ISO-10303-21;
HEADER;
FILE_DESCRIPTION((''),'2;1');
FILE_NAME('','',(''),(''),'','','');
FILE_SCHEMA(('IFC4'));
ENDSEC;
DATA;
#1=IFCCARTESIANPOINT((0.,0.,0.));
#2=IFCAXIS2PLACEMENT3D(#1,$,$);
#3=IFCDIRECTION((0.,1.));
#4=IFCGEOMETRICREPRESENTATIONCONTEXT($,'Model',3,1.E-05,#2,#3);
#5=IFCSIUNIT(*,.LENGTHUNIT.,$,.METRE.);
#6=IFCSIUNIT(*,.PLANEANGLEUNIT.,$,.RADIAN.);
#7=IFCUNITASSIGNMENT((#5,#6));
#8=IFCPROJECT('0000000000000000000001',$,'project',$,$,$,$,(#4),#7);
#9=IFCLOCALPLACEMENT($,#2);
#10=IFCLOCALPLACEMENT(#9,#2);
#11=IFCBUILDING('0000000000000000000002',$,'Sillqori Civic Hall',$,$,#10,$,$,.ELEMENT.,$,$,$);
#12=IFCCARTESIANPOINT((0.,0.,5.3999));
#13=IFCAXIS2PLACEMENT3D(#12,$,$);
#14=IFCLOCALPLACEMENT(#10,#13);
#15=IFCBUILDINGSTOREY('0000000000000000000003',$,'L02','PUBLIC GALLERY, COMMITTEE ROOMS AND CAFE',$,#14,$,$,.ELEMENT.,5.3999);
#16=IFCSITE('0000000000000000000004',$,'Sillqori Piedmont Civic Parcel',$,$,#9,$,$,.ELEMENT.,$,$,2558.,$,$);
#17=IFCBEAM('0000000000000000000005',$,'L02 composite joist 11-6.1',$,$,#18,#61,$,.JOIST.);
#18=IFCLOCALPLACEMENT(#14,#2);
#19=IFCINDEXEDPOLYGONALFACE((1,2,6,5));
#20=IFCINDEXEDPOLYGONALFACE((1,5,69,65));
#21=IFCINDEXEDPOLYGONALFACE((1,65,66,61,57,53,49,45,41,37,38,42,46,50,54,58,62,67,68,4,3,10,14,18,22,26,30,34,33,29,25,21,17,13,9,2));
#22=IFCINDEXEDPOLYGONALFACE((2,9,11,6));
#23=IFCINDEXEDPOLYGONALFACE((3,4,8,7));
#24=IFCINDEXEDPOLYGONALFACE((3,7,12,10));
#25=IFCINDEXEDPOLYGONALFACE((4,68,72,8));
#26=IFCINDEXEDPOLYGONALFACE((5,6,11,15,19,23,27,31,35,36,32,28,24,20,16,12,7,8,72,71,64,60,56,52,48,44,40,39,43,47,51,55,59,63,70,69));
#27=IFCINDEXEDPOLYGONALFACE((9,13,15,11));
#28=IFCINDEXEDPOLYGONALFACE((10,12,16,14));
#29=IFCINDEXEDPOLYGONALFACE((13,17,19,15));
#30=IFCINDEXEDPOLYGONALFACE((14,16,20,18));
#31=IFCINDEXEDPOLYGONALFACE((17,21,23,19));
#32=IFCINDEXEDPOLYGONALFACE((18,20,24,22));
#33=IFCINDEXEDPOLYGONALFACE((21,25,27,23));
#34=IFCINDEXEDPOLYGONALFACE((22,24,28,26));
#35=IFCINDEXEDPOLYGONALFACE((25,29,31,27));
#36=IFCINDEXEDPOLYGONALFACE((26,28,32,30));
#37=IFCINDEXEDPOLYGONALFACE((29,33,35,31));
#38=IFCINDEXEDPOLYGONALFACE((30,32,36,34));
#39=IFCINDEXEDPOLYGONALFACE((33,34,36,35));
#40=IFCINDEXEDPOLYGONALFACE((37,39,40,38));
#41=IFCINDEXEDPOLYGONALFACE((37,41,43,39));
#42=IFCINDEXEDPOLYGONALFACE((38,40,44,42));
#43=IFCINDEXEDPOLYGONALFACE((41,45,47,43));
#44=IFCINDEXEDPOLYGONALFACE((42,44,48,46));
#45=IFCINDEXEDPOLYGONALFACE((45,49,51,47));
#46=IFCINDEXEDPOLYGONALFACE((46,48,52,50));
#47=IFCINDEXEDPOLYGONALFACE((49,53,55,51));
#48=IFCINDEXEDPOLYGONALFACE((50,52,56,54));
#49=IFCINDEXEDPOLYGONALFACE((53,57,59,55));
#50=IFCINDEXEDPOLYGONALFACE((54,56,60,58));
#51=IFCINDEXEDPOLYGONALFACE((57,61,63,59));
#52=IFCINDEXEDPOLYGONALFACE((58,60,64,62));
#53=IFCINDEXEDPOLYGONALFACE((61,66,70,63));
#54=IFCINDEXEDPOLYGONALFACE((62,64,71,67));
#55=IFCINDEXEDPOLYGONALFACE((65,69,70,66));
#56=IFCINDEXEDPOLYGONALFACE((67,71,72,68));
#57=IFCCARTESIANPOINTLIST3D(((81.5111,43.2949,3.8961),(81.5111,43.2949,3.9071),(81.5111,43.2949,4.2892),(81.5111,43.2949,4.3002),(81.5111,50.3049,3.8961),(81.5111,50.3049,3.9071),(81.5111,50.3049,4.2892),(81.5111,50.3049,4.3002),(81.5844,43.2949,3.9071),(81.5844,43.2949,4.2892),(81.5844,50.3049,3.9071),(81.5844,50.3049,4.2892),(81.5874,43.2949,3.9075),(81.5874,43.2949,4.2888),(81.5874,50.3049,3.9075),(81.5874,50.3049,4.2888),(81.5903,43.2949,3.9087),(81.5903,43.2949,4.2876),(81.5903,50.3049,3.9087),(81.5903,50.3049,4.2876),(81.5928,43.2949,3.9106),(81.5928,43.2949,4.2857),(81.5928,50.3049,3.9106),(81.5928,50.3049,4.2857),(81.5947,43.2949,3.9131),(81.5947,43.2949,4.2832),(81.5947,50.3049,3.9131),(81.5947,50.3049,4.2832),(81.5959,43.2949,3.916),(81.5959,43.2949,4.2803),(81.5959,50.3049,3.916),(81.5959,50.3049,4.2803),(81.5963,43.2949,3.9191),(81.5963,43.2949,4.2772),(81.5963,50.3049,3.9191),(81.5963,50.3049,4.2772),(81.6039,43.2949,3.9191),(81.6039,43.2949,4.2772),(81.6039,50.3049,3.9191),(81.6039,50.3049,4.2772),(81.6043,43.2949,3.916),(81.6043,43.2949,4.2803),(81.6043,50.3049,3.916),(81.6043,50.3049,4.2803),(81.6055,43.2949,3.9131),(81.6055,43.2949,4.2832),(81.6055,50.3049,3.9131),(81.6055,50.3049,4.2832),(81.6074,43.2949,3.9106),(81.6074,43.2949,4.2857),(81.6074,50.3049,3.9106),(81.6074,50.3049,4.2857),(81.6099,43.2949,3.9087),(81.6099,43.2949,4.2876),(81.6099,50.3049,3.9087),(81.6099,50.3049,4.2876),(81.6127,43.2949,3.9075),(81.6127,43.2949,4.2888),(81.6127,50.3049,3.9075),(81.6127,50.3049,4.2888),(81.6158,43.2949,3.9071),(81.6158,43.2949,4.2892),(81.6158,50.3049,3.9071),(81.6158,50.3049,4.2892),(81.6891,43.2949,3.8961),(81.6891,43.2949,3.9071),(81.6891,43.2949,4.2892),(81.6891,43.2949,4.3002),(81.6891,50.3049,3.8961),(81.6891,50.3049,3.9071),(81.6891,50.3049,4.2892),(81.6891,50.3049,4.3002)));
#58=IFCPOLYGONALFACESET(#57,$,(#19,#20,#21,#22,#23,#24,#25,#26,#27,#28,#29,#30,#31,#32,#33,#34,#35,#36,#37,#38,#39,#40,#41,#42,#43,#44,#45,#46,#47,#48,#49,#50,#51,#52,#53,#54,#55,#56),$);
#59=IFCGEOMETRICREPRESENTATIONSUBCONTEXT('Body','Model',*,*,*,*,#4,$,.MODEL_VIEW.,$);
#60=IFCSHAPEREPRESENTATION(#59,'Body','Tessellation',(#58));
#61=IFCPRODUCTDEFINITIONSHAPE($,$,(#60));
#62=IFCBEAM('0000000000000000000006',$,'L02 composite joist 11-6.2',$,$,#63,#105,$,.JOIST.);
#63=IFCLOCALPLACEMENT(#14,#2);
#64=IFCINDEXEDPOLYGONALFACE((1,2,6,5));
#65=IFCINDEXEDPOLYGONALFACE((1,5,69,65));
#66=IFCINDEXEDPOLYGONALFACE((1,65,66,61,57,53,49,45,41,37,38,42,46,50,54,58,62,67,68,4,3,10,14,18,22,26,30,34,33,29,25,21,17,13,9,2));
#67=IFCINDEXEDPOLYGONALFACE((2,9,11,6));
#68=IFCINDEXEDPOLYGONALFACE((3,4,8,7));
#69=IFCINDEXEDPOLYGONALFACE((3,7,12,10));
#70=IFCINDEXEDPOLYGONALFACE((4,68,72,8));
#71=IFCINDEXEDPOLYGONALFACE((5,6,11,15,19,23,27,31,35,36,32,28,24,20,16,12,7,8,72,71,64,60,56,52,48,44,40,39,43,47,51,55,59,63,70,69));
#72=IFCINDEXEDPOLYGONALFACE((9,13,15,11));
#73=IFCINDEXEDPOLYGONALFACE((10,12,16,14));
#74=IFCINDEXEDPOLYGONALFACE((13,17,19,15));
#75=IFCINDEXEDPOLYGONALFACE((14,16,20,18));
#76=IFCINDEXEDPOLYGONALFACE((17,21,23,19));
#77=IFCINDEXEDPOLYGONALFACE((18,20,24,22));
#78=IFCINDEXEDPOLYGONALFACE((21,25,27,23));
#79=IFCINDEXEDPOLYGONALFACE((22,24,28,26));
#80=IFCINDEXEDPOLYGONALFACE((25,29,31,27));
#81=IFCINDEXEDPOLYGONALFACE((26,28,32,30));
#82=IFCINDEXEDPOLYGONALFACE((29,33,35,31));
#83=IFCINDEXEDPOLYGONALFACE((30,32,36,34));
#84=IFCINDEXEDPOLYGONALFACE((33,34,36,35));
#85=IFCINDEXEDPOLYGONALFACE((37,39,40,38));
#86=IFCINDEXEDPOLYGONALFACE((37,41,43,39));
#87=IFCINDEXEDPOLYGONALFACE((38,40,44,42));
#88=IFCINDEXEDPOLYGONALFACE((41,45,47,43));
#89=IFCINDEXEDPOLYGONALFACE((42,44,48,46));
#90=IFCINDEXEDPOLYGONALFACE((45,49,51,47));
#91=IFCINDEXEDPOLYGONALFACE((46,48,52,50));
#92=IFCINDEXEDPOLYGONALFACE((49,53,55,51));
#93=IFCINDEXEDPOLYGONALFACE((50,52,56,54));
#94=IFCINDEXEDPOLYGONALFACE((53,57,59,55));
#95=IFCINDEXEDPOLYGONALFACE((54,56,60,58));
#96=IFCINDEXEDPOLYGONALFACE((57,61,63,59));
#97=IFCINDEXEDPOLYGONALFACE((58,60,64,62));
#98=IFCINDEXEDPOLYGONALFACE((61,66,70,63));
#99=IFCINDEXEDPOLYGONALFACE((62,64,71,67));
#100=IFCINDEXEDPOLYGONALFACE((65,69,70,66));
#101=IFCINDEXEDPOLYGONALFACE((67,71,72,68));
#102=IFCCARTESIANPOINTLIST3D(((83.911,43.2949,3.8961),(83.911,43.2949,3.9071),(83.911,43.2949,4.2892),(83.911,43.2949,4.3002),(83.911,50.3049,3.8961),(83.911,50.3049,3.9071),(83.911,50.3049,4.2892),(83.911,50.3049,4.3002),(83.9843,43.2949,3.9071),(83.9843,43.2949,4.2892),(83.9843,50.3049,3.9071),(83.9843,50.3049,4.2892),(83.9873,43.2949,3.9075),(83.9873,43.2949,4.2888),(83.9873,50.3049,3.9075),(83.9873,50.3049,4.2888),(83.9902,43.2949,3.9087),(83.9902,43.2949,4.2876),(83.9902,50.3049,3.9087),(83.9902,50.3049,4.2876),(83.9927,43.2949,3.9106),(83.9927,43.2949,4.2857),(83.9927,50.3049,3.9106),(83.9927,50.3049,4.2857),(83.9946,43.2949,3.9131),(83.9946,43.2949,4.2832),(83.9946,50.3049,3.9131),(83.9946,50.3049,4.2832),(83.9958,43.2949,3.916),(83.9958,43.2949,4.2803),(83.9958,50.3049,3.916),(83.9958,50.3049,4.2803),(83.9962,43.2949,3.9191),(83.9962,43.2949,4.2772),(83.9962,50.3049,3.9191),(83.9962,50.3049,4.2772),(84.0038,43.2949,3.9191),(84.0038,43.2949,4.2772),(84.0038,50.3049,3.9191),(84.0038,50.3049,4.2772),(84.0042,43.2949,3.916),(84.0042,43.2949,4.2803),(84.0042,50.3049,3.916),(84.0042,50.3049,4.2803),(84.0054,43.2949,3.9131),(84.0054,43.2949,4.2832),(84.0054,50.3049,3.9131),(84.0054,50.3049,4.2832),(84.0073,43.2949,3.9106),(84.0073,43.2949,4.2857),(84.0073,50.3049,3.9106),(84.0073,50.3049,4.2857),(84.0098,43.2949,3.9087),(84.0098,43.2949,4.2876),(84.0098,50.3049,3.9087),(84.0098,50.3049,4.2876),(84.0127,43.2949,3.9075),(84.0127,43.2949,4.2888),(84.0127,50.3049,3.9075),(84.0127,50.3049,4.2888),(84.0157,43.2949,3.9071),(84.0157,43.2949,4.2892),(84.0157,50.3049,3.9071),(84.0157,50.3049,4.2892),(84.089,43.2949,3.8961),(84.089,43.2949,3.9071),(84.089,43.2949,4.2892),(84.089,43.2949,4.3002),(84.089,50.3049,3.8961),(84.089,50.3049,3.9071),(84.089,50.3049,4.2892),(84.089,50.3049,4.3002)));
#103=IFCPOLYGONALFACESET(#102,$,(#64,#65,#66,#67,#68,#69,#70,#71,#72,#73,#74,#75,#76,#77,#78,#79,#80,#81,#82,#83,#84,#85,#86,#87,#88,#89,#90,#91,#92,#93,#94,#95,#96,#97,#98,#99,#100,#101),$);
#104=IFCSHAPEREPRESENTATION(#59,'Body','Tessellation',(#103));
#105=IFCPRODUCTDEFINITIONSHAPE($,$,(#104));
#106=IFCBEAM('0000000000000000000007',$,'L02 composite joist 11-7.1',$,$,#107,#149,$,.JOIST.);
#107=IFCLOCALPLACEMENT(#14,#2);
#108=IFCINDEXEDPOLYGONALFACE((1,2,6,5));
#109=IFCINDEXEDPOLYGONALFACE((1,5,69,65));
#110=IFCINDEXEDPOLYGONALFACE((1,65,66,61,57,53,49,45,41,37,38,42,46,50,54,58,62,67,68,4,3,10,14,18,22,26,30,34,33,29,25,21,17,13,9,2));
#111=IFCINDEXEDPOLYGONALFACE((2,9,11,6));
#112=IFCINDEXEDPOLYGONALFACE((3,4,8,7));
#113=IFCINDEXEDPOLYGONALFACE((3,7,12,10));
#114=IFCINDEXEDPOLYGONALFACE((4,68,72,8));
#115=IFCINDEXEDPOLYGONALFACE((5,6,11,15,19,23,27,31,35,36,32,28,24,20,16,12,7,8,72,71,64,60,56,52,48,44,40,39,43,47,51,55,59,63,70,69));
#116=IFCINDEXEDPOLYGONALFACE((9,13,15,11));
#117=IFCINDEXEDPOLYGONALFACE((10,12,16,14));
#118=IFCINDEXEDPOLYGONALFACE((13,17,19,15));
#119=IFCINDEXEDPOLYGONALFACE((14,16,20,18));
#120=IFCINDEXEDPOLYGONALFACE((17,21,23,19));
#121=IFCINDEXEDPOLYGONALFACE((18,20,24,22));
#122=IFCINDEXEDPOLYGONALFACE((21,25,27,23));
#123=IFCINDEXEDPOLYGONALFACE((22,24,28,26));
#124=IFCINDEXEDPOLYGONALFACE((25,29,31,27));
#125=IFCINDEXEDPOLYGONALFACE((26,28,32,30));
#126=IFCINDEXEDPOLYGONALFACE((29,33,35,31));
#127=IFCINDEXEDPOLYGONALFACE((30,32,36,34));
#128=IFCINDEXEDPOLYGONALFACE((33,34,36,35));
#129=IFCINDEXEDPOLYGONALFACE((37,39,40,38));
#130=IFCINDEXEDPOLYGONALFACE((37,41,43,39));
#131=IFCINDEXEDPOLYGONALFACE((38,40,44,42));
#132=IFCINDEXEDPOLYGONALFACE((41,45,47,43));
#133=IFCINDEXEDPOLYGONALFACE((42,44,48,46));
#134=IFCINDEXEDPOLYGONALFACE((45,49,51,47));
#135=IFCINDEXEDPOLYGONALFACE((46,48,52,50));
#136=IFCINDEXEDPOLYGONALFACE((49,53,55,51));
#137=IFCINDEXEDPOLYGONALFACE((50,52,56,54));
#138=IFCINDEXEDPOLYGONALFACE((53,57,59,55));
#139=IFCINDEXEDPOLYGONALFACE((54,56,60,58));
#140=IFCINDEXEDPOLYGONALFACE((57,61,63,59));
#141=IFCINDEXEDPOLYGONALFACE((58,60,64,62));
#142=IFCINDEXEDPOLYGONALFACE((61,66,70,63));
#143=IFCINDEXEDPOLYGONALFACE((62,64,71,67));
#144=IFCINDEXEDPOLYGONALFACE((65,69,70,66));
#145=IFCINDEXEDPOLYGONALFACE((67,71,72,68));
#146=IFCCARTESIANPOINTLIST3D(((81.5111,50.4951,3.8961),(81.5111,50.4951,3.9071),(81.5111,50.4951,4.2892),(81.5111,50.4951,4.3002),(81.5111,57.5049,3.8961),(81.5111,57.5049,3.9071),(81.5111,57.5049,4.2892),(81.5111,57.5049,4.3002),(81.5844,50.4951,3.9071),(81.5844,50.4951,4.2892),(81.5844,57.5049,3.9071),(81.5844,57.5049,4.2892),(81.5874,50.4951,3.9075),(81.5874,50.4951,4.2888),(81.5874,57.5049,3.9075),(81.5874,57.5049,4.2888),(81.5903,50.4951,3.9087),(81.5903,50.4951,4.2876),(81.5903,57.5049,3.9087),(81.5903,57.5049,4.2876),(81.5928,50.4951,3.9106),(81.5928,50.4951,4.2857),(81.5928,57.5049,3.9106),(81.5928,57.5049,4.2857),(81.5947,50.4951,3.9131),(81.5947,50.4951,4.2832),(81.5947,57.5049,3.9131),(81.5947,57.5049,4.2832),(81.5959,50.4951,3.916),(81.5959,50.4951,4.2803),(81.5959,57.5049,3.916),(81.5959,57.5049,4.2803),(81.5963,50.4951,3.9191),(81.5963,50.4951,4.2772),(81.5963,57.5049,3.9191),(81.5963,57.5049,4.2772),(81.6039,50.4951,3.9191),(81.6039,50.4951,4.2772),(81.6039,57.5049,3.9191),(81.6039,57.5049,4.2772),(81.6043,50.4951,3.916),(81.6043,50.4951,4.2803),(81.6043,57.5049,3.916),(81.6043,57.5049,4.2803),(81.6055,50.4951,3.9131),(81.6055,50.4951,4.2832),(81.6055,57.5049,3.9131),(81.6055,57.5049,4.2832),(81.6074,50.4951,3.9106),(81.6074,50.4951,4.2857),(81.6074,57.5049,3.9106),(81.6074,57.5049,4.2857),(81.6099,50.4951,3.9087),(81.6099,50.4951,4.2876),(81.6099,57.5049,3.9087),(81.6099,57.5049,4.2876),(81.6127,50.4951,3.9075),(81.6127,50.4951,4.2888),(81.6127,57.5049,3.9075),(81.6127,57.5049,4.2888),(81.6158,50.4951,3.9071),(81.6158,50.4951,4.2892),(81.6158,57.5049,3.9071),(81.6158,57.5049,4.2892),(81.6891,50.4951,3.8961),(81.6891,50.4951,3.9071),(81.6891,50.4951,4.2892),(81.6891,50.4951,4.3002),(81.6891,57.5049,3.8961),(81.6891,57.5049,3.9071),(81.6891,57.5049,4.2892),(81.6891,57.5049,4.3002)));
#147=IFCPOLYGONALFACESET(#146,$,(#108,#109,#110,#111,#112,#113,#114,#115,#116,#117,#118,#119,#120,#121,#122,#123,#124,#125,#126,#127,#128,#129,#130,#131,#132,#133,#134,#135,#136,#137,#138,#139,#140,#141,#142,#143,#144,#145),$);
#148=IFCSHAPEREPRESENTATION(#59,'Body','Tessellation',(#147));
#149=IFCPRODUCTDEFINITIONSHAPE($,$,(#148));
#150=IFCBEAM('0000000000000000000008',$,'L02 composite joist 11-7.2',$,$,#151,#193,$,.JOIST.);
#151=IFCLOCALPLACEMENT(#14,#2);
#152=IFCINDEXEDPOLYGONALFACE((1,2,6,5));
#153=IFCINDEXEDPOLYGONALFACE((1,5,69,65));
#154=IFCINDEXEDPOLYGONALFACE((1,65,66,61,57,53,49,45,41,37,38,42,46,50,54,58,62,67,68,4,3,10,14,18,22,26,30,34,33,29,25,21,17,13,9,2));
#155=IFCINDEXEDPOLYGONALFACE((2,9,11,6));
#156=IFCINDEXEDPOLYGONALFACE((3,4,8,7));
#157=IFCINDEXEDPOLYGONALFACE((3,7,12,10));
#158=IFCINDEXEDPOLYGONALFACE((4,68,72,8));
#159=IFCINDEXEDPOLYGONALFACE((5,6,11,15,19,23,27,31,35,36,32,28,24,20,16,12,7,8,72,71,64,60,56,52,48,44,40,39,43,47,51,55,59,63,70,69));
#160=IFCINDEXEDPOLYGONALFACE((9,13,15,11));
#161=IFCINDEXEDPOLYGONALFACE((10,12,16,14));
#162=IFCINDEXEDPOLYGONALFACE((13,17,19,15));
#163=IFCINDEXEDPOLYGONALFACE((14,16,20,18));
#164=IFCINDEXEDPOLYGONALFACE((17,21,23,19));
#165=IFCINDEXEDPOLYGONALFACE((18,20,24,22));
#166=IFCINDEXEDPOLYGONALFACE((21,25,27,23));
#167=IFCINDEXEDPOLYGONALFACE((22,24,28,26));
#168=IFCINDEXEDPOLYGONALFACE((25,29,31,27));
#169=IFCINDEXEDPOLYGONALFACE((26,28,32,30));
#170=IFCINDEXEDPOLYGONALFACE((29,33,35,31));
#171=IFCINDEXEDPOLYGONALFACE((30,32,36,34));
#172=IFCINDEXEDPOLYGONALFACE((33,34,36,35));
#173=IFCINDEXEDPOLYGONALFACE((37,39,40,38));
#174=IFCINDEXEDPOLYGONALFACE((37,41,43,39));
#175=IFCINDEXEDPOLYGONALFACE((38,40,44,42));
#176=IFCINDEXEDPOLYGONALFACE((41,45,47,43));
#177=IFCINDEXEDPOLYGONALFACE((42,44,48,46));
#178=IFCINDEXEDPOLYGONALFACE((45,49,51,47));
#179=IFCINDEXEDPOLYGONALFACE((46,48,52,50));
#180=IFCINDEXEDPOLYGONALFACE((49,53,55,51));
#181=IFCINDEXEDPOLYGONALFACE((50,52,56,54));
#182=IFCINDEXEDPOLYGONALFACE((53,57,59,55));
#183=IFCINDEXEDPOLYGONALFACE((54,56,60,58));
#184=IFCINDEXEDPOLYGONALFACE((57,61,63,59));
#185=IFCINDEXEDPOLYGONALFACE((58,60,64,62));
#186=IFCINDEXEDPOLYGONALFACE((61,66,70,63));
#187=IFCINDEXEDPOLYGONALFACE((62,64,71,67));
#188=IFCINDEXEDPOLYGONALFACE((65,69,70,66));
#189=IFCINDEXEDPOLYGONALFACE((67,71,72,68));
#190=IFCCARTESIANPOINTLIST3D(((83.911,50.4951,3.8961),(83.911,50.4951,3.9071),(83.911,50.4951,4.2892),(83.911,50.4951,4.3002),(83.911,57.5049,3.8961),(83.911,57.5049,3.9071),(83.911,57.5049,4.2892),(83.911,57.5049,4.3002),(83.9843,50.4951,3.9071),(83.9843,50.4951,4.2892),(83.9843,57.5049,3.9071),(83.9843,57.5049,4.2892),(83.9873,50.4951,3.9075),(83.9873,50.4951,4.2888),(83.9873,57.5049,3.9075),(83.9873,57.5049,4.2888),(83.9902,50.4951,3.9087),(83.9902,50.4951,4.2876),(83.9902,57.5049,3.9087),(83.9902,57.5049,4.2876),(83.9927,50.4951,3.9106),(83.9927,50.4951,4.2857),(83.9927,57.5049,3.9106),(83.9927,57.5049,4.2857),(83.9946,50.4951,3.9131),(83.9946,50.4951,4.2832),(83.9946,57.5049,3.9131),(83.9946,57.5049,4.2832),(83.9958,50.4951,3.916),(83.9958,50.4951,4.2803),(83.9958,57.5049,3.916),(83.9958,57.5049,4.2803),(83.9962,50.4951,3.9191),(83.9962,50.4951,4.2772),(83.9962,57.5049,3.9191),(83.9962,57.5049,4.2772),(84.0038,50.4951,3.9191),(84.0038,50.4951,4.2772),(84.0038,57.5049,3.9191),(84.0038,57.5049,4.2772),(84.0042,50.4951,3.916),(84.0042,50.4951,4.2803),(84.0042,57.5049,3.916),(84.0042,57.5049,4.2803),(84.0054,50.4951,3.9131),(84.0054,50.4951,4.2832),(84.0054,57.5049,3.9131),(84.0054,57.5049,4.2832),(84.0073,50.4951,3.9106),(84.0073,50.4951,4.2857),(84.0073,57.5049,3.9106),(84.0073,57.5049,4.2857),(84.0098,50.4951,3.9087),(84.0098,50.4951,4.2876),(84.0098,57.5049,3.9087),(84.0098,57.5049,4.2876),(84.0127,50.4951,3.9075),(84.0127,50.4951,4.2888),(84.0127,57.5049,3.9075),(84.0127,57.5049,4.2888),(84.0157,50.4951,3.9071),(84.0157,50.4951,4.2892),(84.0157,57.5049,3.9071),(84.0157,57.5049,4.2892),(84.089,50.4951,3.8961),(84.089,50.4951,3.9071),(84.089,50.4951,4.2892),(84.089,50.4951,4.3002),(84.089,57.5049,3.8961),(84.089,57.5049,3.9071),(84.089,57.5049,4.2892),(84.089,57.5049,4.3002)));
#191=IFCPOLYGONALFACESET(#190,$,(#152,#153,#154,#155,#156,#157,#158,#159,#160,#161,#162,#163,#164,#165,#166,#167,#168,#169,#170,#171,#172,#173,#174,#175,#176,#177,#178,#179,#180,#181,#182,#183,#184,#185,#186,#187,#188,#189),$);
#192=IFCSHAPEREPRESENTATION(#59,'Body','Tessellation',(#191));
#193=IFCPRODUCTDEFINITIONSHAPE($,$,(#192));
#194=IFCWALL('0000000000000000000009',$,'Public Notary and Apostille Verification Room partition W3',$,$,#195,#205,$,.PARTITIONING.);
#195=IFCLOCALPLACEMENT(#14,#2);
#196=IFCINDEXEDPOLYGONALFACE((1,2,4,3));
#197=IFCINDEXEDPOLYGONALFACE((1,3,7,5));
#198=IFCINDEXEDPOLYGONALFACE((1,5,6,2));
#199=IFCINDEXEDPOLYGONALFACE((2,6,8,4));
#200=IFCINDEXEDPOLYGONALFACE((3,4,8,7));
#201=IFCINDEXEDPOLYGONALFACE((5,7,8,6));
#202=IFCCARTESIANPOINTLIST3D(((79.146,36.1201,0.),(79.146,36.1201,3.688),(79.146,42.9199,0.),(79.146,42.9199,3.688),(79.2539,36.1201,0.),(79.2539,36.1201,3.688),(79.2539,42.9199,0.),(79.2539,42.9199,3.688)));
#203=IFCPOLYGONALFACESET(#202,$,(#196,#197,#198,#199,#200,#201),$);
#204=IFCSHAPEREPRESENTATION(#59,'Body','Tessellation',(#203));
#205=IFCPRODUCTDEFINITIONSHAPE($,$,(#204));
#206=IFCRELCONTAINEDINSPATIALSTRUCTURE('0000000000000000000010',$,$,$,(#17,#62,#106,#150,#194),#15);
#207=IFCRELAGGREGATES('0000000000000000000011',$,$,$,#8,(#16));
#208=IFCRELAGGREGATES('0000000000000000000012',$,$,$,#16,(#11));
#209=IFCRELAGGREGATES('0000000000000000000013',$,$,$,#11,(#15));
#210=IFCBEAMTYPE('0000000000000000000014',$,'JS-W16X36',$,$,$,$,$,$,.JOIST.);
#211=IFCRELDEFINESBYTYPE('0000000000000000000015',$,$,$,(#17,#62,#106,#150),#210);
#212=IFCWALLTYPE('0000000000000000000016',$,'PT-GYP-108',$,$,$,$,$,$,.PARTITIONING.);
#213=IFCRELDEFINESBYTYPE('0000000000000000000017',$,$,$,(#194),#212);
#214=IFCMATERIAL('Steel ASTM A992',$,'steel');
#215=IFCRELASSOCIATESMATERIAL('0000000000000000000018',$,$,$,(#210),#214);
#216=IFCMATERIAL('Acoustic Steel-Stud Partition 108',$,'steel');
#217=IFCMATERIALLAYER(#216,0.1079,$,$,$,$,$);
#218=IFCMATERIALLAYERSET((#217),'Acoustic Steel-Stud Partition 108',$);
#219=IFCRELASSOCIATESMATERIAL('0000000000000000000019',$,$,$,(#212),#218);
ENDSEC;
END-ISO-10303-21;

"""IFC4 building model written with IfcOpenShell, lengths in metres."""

from ifc_helpers import new_model, si_unit, direction, frame, frame_2d, origin, origin_2d, place, context, subcontext, project, spatial, rectangle, i_section, extrude, material, layer, layer_set, material_profile, profile_set, type_object, element, save


model = new_model("IFC4")

# Units and contexts
model_context = context("Model", 3, precision=1e-05, world=origin(), true_north=direction((0.0, 1.0)))
body_context = subcontext(model_context, "Body", "Model", "MODEL_VIEW")
ifc_project = project(units=[si_unit("LENGTHUNIT", "METRE"), si_unit("PLANEANGLEUNIT", "RADIAN")], contexts=[model_context])

# Site, building, storey
site_placement = place(None, origin())
site = spatial("IfcSite", under=ifc_project, at=site_placement, Name="Sillqori Piedmont Civic Parcel", CompositionType="ELEMENT", RefElevation=2558.0)
building_placement = place(site_placement, origin())
building = spatial("IfcBuilding", under=site, at=building_placement, Name="Sillqori Civic Hall", CompositionType="ELEMENT")
storey_placement = place(building_placement, frame((0.0, 0.0, 5.3999)))
storey = spatial("IfcBuildingStorey", under=building, at=storey_placement, Name="L02", Description="PUBLIC GALLERY, COMMITTEE ROOMS AND CAFE", CompositionType="ELEMENT", Elevation=5.3999)

# Shared definitions
ifc_material_1 = material(Name="Steel ASTM A992", Category="steel")

# Beams
ifc_material_profile_1 = material_profile(ifc_material_1, i_section(OverallWidth=0.178, OverallDepth=0.4041, WebThickness=0.0076, FlangeThickness=0.011, FilletRadius=0.012, at=origin_2d()), Name="W16X36")
ifc_profile_set_1 = profile_set([ifc_material_profile_1], Name="Steel ASTM A992")
beam_type_1 = type_object("IfcBeamType", Name="JS-W16X36", PredefinedType="JOIST", material=ifc_profile_set_1)
for number, where, z_axis, x_axis, name in (
    (1, (81.6001, 43.2949, 4.0981), (0.0, 1.0, 0.0), (-1.0, 0.0, 0.0), "L02 composite joist 11-6.1"),
    (2, (84.0, 43.2949, 4.0981), (0.0, 1.0, 0.0), (-1.0, 0.0, 0.0), "L02 composite joist 11-6.2"),
):
    element("IfcBeam", number, at=place(storey_placement, frame(where, z_axis=z_axis, x_axis=x_axis)), inside=storey, type_object=beam_type_1, Name=name, PredefinedType="JOIST", context=body_context, shape_type="SweptSolid", body=[
        extrude(i_section(OverallWidth=0.178, OverallDepth=0.4041, WebThickness=0.0076, FlangeThickness=0.011, FilletRadius=0.012, at=origin_2d()), origin(), (0.0, 0.0, 1.0), 7.01),
    ])
for number, where, z_axis, x_axis, name in (
    (3, (81.6001, 50.4951, 4.0981), (0.0, 1.0, 0.0), (-1.0, 0.0, 0.0), "L02 composite joist 11-7.1"),
    (4, (84.0, 50.4951, 4.0981), (0.0, 1.0, 0.0), (-1.0, 0.0, 0.0), "L02 composite joist 11-7.2"),
):
    element("IfcBeam", number, at=place(storey_placement, frame(where, z_axis=z_axis, x_axis=x_axis)), inside=storey, type_object=beam_type_1, Name=name, PredefinedType="JOIST", context=body_context, shape_type="SweptSolid", body=[
        extrude(i_section(OverallWidth=0.178, OverallDepth=0.4041, WebThickness=0.0076, FlangeThickness=0.011, FilletRadius=0.012, at=origin_2d()), origin(), (0.0, 0.0, 1.0), 7.0098),
    ])

# Wall
ifc_material_2 = material(Name="Acoustic Steel-Stud Partition 108", Category="steel")
ifc_layer_1 = layer(ifc_material_2, 0.1079)
ifc_layer_set_1 = layer_set([ifc_layer_1], Name="Acoustic Steel-Stud Partition 108")
wall_type_1 = type_object("IfcWallType", Name="PT-GYP-108", PredefinedType="PARTITIONING", material=ifc_layer_set_1)
for number, where, z_axis, x_axis, name in (
    (5, (79.2, 36.1201, 0.0), (0.0, 0.0, 1.0), (0.0, 1.0, 0.0), "Public Notary and Apostille Verification Room partition W3"),
):
    element("IfcWall", number, at=place(storey_placement, frame(where, z_axis=z_axis, x_axis=x_axis)), inside=storey, type_object=wall_type_1, Name=name, PredefinedType="PARTITIONING", context=body_context, shape_type="SweptSolid", body=[
        extrude(rectangle(XDim=6.7998, YDim=0.1079, at=frame_2d((3.3999, 0.0))), origin(), (0.0, 0.0, 1.0), 3.688),
    ])

save(model, "model.ifc")
